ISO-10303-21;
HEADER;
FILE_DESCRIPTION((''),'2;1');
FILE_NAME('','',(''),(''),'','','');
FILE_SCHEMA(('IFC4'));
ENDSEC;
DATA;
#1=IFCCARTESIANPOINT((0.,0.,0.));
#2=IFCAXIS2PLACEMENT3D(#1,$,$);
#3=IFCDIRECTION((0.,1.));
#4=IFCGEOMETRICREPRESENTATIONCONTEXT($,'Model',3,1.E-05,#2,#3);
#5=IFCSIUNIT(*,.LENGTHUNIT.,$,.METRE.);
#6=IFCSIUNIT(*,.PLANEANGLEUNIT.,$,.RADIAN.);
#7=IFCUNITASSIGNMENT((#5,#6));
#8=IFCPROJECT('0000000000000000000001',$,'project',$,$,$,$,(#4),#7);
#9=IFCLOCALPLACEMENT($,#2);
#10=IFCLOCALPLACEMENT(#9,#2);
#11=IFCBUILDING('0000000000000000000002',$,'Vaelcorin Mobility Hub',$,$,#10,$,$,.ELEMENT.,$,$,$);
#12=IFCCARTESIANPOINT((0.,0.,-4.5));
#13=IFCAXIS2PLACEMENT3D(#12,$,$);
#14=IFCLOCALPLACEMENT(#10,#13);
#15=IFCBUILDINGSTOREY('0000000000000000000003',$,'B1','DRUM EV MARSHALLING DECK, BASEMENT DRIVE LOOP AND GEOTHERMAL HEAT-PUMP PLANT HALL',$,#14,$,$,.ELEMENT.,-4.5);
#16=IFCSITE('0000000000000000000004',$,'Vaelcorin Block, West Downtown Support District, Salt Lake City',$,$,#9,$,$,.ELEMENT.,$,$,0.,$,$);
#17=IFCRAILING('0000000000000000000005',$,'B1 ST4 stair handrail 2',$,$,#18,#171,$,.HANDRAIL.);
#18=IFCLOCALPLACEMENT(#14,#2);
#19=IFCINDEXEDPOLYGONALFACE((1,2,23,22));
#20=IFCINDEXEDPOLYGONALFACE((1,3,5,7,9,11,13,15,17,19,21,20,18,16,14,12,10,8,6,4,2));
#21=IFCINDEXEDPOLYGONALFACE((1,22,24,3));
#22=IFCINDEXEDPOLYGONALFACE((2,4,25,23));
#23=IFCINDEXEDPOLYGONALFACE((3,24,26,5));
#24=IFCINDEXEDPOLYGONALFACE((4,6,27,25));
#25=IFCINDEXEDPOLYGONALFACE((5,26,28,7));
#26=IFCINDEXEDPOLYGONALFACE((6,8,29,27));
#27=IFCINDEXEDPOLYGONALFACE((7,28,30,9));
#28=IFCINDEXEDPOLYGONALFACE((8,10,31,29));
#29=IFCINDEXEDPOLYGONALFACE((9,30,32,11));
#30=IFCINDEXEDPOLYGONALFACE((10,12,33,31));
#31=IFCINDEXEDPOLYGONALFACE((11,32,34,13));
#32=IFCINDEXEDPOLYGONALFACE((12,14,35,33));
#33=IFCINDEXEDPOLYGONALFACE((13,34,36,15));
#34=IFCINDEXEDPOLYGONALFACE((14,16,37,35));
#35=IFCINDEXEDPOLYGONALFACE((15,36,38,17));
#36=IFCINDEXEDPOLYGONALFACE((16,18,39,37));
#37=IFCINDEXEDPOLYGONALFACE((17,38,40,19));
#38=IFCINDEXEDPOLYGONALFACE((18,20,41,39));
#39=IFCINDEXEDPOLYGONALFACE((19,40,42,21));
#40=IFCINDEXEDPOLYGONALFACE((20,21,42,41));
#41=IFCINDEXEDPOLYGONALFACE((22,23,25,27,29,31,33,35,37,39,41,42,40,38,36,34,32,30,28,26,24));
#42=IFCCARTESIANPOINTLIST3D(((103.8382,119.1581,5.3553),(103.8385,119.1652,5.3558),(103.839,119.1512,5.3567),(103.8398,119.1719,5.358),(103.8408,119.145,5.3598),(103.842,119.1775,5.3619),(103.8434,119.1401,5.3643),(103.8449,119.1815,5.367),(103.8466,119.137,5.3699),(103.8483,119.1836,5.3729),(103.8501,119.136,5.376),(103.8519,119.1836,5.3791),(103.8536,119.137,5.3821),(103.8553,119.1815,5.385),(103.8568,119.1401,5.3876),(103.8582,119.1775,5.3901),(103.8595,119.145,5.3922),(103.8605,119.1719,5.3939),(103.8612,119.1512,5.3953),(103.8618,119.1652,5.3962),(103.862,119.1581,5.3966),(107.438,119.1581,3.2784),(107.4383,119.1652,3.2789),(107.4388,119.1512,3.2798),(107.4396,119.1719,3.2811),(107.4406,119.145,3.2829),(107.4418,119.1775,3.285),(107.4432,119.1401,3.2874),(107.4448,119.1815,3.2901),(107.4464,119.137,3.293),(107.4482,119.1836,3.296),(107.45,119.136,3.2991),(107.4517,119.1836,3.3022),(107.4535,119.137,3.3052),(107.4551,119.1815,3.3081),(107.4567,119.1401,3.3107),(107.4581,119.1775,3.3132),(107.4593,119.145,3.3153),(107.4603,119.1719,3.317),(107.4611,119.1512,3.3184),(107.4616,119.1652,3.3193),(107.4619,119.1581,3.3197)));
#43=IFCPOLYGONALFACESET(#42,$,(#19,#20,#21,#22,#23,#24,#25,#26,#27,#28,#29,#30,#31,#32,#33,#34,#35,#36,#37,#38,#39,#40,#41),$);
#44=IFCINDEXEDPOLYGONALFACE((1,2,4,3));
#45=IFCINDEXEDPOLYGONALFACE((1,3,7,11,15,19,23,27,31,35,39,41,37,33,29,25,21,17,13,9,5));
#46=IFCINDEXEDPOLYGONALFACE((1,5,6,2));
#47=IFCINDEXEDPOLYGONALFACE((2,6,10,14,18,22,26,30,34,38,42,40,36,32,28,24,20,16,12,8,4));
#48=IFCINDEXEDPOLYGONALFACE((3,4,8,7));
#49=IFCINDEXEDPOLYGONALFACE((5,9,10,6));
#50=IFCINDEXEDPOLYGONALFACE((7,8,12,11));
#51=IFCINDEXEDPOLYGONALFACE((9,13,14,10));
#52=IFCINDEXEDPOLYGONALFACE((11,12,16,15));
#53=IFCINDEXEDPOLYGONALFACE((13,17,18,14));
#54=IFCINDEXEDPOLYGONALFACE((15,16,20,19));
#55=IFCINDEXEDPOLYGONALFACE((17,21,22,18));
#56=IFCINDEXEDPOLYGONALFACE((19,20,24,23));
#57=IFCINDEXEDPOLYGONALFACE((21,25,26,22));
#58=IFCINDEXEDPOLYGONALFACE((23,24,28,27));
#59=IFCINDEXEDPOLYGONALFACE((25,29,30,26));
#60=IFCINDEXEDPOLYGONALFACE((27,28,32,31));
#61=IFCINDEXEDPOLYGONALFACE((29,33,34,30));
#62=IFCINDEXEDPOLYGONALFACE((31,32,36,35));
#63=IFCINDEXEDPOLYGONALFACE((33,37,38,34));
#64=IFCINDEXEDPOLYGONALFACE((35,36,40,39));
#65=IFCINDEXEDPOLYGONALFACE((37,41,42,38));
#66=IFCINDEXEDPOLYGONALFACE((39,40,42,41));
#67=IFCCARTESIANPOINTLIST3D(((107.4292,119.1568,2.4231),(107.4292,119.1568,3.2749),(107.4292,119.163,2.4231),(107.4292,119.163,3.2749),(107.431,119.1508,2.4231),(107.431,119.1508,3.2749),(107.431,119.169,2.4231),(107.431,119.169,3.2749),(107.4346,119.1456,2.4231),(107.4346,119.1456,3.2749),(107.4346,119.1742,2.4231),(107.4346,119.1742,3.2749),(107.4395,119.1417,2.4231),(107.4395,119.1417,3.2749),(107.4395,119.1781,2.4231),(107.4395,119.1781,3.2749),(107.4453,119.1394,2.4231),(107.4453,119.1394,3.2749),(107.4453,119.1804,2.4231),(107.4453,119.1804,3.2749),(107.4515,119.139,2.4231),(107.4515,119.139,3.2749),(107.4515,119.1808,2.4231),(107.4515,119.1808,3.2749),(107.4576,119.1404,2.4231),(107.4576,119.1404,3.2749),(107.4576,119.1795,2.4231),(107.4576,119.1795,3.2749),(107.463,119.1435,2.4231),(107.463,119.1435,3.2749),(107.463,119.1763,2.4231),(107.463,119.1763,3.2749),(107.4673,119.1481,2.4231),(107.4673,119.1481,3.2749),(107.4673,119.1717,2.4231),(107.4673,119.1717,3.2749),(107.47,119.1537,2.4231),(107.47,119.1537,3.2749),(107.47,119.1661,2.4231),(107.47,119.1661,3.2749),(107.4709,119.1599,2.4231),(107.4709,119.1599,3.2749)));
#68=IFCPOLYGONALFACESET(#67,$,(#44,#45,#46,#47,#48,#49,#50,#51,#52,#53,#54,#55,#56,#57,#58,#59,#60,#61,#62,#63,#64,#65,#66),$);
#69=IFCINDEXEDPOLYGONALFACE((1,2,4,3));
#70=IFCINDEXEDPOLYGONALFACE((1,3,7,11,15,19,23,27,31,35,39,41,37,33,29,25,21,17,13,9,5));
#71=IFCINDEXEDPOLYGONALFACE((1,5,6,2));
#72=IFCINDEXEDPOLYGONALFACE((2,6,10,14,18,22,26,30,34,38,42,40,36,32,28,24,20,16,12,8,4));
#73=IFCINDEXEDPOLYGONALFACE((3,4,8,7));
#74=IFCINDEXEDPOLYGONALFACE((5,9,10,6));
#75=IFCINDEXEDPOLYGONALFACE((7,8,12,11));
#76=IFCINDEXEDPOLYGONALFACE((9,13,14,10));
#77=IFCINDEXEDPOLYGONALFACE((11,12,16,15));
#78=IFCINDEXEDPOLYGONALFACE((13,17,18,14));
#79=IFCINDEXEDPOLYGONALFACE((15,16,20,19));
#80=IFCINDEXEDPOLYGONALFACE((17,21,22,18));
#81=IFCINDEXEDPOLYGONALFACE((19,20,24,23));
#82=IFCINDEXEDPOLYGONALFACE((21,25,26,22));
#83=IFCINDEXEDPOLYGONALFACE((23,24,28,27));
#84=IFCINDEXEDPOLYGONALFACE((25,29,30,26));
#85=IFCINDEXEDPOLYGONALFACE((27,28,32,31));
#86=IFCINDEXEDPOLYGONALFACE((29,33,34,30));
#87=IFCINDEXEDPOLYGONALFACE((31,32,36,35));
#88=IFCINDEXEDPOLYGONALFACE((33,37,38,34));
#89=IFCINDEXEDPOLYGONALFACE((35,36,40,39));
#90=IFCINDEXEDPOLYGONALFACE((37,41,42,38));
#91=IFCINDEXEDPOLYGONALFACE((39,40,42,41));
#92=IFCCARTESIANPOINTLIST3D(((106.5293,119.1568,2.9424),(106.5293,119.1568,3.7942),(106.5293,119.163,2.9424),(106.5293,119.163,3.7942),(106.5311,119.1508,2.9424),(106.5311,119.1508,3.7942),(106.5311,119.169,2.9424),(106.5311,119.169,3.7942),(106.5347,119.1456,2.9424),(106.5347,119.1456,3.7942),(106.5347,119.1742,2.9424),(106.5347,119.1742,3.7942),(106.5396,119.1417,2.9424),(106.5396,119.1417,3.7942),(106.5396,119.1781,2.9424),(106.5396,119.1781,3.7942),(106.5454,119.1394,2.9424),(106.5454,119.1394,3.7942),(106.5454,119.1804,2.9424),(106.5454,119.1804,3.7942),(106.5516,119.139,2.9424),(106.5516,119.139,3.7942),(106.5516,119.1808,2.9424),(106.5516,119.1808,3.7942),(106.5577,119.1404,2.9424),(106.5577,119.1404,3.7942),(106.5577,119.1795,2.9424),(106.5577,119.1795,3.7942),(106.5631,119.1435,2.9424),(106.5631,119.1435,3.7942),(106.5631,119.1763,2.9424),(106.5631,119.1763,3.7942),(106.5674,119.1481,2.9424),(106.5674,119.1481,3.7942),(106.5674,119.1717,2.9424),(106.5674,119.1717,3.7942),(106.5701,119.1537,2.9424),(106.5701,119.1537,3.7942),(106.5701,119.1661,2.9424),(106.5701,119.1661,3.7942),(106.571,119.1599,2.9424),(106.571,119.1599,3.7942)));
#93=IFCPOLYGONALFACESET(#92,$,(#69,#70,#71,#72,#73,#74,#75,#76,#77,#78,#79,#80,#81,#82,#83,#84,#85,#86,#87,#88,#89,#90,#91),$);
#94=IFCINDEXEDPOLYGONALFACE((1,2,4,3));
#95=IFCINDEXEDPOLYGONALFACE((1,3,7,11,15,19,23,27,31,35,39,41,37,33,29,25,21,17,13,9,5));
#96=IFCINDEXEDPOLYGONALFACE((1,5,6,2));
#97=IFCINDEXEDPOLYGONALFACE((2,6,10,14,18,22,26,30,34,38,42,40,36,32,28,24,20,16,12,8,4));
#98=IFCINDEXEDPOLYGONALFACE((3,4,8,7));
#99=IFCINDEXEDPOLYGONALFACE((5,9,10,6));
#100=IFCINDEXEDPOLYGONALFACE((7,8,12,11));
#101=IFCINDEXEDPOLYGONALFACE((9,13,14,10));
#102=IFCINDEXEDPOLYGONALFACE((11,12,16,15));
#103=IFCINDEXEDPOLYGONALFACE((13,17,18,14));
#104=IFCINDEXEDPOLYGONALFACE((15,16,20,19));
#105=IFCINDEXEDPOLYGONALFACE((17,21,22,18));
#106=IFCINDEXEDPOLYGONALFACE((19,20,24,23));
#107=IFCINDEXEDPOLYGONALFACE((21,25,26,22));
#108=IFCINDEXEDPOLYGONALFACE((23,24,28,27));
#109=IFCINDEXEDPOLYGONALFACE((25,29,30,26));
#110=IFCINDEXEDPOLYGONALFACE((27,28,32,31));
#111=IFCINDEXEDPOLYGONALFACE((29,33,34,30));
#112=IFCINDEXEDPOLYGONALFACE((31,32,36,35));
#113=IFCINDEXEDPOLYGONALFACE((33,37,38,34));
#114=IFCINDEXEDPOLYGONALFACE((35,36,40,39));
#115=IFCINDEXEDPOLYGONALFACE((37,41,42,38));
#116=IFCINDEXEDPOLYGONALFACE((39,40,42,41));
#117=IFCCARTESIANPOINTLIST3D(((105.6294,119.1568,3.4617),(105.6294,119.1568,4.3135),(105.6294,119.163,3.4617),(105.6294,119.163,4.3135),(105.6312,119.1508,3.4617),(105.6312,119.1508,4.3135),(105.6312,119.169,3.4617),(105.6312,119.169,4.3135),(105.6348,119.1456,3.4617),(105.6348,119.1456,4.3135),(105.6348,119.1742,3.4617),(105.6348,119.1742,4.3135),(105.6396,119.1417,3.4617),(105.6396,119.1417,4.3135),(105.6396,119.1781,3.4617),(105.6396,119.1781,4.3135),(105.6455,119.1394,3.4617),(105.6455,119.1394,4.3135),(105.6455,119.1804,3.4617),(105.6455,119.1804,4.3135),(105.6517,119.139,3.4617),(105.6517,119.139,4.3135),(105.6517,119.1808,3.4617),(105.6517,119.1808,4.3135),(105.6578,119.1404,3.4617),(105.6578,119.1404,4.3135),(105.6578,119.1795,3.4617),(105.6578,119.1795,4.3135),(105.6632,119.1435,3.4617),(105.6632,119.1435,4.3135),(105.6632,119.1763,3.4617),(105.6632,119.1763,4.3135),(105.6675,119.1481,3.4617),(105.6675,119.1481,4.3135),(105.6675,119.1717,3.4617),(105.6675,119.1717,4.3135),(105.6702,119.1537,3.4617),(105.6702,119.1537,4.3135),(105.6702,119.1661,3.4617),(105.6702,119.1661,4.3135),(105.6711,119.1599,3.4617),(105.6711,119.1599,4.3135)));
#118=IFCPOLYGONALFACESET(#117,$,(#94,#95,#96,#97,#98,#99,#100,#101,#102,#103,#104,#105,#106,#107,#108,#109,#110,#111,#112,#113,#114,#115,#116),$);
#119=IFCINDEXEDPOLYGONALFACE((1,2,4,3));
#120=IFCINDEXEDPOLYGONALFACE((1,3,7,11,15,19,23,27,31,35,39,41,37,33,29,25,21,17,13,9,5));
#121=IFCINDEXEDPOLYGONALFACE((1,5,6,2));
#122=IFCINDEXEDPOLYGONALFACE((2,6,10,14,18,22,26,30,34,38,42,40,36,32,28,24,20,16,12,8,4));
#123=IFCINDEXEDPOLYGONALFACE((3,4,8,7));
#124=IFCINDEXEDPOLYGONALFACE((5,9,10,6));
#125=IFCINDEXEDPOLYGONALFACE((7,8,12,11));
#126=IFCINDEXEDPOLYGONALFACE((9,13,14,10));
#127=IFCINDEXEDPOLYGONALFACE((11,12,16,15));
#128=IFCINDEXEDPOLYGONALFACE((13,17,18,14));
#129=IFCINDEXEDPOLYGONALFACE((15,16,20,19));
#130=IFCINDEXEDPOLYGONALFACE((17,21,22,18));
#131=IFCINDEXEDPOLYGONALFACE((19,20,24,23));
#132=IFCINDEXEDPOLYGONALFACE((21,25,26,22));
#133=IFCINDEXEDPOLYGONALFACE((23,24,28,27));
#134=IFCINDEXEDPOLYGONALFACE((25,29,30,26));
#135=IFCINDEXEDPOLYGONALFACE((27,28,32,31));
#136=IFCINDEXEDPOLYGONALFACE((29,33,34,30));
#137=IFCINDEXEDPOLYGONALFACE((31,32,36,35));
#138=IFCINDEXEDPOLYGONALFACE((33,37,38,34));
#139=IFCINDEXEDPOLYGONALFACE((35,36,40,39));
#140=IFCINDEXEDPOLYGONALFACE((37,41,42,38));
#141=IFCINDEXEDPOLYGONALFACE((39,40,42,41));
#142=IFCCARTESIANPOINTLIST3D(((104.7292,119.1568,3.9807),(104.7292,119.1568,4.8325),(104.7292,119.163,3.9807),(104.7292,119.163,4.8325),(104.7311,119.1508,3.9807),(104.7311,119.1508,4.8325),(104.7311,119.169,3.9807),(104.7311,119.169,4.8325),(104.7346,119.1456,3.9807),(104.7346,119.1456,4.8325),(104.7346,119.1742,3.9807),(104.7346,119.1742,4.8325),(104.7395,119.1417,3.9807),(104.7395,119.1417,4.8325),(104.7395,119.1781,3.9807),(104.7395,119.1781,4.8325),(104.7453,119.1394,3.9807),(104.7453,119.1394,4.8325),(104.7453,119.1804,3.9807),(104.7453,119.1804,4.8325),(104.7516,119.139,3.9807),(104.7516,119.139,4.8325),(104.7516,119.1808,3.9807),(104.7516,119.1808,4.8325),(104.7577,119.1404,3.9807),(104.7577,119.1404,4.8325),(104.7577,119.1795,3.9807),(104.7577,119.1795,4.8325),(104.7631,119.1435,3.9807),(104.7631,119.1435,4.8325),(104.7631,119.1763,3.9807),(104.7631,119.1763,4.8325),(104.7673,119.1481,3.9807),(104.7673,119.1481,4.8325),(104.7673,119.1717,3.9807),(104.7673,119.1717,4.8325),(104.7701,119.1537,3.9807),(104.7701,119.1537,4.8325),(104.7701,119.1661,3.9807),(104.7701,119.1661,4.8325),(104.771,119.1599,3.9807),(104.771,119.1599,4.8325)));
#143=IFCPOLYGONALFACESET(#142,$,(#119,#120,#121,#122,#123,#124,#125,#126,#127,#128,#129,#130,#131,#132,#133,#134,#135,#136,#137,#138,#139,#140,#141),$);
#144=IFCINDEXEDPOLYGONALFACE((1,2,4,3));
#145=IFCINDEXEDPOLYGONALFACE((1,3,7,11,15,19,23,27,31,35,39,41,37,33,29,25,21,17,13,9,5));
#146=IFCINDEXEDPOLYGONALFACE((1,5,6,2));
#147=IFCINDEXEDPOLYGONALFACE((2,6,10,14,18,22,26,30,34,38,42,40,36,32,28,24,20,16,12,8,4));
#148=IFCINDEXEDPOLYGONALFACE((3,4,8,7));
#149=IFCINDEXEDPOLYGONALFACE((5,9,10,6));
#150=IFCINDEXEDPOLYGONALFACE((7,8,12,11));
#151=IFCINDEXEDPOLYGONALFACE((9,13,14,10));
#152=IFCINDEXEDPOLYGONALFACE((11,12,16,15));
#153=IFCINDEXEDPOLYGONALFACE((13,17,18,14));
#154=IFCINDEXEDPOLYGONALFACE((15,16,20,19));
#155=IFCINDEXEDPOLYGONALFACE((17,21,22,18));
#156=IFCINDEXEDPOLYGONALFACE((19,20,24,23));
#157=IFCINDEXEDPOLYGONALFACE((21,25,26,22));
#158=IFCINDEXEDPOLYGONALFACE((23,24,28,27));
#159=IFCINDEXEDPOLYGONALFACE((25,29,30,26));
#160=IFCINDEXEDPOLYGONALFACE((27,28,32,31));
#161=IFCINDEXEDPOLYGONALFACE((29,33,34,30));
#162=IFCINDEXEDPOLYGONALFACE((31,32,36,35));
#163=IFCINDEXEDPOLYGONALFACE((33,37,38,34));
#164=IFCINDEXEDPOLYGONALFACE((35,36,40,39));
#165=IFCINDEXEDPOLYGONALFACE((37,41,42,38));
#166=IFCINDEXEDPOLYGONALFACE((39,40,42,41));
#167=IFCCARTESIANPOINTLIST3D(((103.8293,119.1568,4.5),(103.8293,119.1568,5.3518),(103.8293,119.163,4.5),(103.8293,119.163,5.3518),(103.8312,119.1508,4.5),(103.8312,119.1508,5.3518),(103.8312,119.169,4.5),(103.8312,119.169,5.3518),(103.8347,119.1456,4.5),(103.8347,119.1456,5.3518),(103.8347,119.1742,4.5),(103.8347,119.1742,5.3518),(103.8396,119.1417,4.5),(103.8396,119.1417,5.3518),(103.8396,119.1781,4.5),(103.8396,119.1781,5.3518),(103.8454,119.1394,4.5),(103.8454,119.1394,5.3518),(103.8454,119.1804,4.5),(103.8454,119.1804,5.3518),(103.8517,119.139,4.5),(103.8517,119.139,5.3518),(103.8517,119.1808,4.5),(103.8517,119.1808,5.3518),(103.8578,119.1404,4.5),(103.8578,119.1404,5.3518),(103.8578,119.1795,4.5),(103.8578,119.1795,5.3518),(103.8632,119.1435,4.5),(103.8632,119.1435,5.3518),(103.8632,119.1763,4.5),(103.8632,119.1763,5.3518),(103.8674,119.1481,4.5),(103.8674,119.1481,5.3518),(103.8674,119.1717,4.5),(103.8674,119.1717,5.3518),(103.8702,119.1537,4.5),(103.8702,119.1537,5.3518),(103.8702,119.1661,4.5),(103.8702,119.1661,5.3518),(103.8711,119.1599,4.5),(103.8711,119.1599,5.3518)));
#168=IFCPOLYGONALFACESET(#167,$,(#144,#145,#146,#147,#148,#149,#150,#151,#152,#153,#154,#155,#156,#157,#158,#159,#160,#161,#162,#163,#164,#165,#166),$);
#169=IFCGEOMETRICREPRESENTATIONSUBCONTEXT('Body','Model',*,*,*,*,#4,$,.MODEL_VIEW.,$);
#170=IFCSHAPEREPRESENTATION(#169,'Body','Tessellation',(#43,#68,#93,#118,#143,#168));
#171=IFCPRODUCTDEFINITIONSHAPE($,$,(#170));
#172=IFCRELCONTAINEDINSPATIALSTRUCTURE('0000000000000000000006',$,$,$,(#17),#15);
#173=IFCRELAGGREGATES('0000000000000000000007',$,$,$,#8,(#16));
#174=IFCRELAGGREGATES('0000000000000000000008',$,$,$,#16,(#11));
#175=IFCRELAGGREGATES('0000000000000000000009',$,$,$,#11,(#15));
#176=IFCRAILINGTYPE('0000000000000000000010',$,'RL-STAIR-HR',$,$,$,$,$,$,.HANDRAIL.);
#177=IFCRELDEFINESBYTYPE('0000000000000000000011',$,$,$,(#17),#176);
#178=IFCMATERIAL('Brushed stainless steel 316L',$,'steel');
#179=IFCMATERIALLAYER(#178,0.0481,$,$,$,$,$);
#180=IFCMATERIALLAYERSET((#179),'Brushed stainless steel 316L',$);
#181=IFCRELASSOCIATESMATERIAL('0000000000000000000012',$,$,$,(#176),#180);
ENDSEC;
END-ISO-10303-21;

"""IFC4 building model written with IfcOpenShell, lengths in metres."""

from ifc_helpers import new_model, si_unit, direction, frame, origin, origin_2d, place, context, subcontext, project, spatial, circle, extrude, material, layer, layer_set, type_object, element, save


model = new_model("IFC4")

# Units and contexts
model_context = context("Model", 3, precision=1e-05, world=origin(), true_north=direction((0.0, 1.0)))
body_context = subcontext(model_context, "Body", "Model", "MODEL_VIEW")
ifc_project = project(units=[si_unit("LENGTHUNIT", "METRE"), si_unit("PLANEANGLEUNIT", "RADIAN")], contexts=[model_context])

# Site, building, storey
site_placement = place(None, origin())
site = spatial("IfcSite", under=ifc_project, at=site_placement, Name="Vaelcorin Block, West Downtown Support District, Salt Lake City", CompositionType="ELEMENT", RefElevation=0.0)
building_placement = place(site_placement, origin())
building = spatial("IfcBuilding", under=site, at=building_placement, Name="Vaelcorin Mobility Hub", CompositionType="ELEMENT")
storey_placement = place(building_placement, frame((0.0, 0.0, -4.5)))
storey = spatial("IfcBuildingStorey", under=building, at=storey_placement, Name="B1", Description="DRUM EV MARSHALLING DECK, BASEMENT DRIVE LOOP AND GEOTHERMAL HEAT-PUMP PLANT HALL", CompositionType="ELEMENT", Elevation=-4.5)

# Railing
ifc_material_1 = material(Name="Brushed stainless steel 316L", Category="steel")
ifc_layer_1 = layer(ifc_material_1, 0.0481)
ifc_layer_set_1 = layer_set([ifc_layer_1], Name="Brushed stainless steel 316L")
railing_type_1 = type_object("IfcRailingType", Name="RL-STAIR-HR", PredefinedType="HANDRAIL", material=ifc_layer_set_1)
railing_1_placement = place(storey_placement, frame((107.45, 119.1599, 2.4231)))
element("IfcRailing", 1, at=railing_1_placement, inside=storey, type_object=railing_type_1, Name="B1 ST4 stair handrail 2", PredefinedType="HANDRAIL", context=body_context, shape_type="SweptSolid", body=[
    extrude(circle(Radius=0.0239, at=origin_2d()), frame((0.0, 0.0, 0.876), z_axis=(-0.866179, 0.0, 0.499734), x_axis=(0.0, -1.0, 0.0)), (0.0, 0.0, 1.0), 4.156),
    extrude(circle(Radius=0.021, at=origin_2d()), origin(), (0.0, 0.0, 1.0), 0.8518),
    extrude(circle(Radius=0.021, at=origin_2d()), frame((-0.8999, 0.0, 0.5193)), (0.0, 0.0, 1.0), 0.8518),
    extrude(circle(Radius=0.021, at=origin_2d()), frame((-1.7998, 0.0, 1.0386)), (0.0, 0.0, 1.0), 0.8518),
    extrude(circle(Radius=0.021, at=origin_2d()), frame((-2.7, 0.0, 1.5576)), (0.0, 0.0, 1.0), 0.8518),
    extrude(circle(Radius=0.021, at=origin_2d()), frame((-3.5999, 0.0, 2.0769)), (0.0, 0.0, 1.0), 0.8518),
])

save(model, "model.ifc")
